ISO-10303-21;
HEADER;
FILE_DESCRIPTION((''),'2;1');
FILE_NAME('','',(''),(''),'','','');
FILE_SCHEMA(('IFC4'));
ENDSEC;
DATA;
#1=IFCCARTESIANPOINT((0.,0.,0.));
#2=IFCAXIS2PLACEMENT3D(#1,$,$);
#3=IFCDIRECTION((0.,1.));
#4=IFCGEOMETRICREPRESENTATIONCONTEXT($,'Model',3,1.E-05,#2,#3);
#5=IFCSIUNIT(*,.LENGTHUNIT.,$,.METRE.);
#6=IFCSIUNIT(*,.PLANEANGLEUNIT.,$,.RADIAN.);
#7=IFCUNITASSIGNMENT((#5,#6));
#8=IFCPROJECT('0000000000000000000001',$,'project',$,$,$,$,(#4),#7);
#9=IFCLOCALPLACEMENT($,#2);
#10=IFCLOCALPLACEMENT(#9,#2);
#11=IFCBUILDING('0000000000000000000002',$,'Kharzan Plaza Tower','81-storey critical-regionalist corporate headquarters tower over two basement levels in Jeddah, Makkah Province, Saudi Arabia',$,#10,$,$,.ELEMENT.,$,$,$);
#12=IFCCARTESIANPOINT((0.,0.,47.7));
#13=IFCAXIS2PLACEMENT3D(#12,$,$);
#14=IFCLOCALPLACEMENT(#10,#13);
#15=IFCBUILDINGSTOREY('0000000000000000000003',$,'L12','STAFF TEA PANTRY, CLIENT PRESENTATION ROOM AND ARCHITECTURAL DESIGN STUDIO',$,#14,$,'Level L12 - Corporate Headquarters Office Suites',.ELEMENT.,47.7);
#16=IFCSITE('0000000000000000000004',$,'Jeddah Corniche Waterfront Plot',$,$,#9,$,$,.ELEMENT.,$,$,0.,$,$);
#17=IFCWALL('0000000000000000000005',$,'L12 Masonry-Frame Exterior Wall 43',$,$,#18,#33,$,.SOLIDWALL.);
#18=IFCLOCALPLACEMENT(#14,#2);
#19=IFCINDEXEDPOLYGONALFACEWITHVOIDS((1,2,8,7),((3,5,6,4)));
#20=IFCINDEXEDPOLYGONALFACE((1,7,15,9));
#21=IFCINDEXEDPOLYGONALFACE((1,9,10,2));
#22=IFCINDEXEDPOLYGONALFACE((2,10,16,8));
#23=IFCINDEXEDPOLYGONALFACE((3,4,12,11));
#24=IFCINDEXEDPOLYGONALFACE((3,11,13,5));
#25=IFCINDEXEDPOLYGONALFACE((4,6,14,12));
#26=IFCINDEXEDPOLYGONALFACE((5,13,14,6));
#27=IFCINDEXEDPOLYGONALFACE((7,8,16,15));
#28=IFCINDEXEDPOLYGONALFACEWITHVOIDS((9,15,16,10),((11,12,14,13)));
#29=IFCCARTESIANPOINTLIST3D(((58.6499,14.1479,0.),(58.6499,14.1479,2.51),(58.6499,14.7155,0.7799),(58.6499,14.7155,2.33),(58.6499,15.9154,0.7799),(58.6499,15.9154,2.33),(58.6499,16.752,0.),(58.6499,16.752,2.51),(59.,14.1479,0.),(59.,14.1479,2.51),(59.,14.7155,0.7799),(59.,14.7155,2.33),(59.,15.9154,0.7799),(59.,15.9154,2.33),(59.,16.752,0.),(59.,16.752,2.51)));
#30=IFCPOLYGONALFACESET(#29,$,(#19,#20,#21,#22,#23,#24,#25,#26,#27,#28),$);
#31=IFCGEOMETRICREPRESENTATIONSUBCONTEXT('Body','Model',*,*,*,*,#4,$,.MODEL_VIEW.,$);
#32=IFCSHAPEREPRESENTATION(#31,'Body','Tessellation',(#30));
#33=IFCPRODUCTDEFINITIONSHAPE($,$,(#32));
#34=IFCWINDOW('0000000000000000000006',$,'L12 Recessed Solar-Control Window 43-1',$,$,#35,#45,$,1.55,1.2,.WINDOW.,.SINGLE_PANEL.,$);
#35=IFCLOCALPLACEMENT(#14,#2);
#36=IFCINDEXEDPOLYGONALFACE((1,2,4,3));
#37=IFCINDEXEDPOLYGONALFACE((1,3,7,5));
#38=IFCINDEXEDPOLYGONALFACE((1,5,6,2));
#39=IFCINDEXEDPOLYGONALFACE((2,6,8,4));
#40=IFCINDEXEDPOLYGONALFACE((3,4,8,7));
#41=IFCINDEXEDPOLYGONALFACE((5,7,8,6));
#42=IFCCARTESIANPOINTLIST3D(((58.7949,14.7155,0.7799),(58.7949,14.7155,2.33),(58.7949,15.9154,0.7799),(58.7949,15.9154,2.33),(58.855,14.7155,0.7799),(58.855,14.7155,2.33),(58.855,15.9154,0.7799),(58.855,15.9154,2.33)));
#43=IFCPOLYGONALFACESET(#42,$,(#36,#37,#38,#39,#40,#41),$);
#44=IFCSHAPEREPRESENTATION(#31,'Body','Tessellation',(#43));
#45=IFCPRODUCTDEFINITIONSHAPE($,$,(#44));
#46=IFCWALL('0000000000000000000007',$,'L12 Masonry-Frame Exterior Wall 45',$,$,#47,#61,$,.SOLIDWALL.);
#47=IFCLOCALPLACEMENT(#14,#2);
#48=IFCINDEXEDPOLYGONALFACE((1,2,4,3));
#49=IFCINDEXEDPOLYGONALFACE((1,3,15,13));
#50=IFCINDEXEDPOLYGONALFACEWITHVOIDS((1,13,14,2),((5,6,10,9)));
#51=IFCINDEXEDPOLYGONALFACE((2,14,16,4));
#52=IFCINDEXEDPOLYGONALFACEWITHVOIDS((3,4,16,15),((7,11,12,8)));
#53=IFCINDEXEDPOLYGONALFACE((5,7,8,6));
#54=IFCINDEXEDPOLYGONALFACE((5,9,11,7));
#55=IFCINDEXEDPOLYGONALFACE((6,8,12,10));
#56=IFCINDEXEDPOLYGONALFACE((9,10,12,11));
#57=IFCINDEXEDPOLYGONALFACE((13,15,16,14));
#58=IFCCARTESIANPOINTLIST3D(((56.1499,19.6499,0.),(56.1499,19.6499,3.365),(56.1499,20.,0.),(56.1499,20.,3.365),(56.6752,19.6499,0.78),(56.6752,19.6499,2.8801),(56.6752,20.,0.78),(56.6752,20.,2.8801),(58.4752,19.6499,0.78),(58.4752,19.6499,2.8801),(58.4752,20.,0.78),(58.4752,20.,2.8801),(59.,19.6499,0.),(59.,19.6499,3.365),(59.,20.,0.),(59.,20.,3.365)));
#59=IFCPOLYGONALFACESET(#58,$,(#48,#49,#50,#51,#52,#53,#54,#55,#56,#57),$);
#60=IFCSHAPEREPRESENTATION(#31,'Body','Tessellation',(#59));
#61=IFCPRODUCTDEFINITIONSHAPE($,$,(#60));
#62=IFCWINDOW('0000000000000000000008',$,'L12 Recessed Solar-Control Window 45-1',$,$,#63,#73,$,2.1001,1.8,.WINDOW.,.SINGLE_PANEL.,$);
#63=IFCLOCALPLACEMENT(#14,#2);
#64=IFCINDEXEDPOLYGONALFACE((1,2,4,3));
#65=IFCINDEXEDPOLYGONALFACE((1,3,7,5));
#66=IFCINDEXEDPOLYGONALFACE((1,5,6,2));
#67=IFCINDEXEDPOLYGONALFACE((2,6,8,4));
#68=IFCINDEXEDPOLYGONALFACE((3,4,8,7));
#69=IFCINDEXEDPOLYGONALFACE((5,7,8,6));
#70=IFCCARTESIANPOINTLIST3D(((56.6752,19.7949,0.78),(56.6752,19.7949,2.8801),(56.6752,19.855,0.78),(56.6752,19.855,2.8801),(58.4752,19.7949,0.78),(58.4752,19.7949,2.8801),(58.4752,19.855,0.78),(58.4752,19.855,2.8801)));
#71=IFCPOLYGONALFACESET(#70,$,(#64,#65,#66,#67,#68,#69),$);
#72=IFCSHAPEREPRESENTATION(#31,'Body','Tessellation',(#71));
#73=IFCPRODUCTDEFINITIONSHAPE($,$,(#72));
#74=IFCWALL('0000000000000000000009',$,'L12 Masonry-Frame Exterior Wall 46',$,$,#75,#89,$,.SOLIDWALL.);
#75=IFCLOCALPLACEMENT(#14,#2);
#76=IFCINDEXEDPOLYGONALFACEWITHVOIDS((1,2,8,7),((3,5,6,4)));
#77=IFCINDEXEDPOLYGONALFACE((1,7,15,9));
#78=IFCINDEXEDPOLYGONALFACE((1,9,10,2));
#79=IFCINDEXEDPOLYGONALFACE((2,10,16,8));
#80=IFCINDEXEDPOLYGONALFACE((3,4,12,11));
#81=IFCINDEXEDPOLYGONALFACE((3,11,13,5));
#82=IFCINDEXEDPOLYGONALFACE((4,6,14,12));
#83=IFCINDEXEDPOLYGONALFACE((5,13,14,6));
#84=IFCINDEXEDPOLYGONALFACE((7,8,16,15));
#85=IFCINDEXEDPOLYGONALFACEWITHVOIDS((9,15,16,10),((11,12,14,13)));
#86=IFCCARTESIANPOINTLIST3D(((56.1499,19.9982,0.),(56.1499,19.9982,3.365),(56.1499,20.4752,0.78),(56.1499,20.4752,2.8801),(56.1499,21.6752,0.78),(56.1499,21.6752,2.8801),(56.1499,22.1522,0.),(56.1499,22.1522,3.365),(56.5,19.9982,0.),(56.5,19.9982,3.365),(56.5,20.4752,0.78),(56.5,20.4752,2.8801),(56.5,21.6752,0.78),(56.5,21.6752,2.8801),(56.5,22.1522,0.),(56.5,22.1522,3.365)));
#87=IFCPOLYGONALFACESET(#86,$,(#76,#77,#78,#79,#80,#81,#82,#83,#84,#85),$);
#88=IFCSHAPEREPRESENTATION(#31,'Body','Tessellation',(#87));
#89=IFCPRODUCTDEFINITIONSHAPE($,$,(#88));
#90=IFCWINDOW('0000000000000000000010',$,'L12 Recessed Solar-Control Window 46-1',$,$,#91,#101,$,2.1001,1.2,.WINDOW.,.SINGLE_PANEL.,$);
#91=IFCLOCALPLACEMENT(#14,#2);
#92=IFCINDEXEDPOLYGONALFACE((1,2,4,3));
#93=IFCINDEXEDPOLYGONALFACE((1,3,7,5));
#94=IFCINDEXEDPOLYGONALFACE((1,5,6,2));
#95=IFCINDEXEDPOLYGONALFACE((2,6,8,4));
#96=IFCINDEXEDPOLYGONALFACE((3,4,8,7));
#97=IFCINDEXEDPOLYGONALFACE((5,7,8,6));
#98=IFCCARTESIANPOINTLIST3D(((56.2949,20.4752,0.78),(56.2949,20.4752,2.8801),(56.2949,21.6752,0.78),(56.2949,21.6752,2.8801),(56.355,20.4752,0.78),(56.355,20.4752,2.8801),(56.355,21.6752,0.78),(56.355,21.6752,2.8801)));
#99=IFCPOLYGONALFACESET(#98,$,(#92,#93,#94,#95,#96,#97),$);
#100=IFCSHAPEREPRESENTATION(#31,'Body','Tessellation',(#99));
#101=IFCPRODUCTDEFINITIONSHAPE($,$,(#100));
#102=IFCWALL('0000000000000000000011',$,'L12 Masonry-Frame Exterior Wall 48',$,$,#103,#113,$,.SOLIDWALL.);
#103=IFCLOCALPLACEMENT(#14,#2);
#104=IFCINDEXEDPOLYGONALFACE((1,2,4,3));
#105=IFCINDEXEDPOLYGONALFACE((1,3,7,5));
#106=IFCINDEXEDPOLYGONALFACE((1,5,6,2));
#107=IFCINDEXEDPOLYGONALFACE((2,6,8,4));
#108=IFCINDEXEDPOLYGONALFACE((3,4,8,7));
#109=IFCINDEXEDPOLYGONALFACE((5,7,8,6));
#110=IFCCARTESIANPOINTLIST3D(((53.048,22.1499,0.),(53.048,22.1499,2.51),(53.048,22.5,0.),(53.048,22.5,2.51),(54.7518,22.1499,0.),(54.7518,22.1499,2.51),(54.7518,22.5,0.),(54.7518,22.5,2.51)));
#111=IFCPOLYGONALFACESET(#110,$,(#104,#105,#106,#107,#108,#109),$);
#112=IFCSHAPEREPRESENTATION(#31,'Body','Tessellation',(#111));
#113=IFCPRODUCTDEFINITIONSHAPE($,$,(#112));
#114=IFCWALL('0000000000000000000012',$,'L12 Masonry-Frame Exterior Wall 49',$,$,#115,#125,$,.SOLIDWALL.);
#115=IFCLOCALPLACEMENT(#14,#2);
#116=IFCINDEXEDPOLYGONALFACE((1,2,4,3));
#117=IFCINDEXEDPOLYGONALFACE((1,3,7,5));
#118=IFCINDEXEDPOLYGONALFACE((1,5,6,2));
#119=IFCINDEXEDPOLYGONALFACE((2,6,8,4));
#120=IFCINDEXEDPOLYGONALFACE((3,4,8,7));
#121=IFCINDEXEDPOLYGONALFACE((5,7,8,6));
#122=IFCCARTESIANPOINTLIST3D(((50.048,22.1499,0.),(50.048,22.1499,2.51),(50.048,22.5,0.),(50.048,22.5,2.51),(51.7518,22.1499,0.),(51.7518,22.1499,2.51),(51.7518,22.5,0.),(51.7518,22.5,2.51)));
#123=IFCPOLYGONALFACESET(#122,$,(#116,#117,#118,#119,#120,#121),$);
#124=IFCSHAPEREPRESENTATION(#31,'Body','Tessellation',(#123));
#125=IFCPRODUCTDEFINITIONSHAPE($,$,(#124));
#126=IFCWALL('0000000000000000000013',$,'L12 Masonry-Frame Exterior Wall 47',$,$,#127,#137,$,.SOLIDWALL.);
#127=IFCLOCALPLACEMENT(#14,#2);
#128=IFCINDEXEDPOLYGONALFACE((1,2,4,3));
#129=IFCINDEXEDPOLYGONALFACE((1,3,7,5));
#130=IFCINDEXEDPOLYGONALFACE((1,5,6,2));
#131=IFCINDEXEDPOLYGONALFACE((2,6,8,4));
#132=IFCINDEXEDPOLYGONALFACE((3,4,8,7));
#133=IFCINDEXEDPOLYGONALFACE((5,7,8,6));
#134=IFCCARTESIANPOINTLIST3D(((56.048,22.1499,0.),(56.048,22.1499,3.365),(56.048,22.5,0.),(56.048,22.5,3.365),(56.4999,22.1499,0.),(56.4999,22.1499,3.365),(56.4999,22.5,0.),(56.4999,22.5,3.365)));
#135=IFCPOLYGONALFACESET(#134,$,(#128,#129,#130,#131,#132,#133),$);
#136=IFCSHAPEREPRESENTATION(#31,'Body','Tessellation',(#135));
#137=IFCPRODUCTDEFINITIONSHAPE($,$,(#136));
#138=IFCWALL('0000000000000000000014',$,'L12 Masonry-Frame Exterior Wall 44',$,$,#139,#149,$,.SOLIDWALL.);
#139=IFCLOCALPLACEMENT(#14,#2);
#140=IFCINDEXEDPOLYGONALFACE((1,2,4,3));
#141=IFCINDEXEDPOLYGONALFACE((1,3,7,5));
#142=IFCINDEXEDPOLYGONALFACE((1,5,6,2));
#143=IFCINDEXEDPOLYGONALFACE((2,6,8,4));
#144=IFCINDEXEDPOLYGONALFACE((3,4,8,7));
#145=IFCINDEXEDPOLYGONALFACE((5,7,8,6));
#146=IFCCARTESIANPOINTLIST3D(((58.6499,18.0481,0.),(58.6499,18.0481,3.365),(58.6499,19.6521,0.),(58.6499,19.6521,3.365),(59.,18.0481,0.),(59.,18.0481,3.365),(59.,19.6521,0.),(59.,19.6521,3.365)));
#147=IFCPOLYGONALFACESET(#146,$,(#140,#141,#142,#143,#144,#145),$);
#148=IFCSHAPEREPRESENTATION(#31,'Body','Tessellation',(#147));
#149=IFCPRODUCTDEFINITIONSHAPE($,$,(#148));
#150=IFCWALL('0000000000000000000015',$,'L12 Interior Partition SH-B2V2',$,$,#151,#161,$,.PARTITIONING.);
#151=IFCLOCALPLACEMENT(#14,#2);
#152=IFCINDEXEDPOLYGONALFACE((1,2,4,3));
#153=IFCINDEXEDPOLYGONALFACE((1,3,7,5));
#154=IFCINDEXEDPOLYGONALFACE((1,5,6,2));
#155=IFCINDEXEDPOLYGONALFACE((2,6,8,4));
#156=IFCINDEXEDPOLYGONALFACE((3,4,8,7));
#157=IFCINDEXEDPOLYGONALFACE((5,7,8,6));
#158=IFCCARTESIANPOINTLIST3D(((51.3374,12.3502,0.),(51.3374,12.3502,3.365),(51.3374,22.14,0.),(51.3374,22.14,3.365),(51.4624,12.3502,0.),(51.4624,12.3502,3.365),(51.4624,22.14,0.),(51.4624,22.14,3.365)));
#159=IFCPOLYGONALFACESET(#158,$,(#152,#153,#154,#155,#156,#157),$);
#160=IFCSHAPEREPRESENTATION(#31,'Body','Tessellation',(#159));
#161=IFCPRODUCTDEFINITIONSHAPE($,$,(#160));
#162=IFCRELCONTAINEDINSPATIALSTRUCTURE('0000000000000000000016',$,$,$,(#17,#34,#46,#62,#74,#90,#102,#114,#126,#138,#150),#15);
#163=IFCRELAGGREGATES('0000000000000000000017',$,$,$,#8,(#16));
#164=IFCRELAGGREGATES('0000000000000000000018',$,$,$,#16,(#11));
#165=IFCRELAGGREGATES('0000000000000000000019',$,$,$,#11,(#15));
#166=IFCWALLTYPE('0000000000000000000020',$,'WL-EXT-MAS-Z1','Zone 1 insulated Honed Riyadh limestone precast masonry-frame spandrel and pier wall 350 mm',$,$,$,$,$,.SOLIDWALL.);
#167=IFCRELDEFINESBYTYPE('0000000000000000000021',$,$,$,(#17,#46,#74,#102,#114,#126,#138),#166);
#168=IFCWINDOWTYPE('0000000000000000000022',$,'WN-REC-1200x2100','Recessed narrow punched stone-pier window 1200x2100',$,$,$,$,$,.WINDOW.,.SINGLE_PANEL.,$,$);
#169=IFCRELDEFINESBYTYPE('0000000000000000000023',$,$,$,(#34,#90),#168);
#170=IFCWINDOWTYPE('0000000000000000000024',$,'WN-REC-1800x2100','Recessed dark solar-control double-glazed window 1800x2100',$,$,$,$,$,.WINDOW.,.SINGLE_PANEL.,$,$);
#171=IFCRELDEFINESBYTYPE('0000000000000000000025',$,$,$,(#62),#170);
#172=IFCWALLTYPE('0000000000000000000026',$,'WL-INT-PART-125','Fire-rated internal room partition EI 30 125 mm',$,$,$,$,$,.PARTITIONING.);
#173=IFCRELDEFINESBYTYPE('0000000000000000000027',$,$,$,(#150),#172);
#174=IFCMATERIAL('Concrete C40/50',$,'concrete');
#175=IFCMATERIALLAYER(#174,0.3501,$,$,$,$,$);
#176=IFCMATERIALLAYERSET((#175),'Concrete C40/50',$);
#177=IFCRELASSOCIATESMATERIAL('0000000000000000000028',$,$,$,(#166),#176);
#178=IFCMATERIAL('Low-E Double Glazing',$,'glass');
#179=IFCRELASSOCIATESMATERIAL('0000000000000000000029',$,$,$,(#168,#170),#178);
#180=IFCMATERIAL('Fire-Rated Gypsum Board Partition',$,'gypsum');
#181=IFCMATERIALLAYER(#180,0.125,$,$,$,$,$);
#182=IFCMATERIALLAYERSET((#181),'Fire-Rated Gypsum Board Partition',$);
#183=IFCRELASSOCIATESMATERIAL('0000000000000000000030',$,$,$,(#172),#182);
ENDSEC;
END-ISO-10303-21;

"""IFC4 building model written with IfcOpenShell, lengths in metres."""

from ifc_helpers import new_model, si_unit, direction, frame, frame_2d, origin, place, context, subcontext, project, spatial, rectangle, extrude, source, transform, mapped, material, layer, layer_set, type_object, element, fill, save


model = new_model("IFC4")

# Units and contexts
model_context = context("Model", 3, precision=1e-05, world=origin(), true_north=direction((0.0, 1.0)))
body_context = subcontext(model_context, "Body", "Model", "MODEL_VIEW")
ifc_project = project(units=[si_unit("LENGTHUNIT", "METRE"), si_unit("PLANEANGLEUNIT", "RADIAN")], contexts=[model_context])

# Site, building, storey
site_placement = place(None, origin())
site = spatial("IfcSite", under=ifc_project, at=site_placement, Name="Jeddah Corniche Waterfront Plot", CompositionType="ELEMENT", RefElevation=0.0)
building_placement = place(site_placement, origin())
building = spatial("IfcBuilding", under=site, at=building_placement, Name="Kharzan Plaza Tower", Description="81-storey critical-regionalist corporate headquarters tower over two basement levels in Jeddah, Makkah Province, Saudi Arabia", CompositionType="ELEMENT")
storey_placement = place(building_placement, frame((0.0, 0.0, 47.7)))
storey = spatial("IfcBuildingStorey", under=building, at=storey_placement, Name="L12", Description="STAFF TEA PANTRY, CLIENT PRESENTATION ROOM AND ARCHITECTURAL DESIGN STUDIO", LongName="Level L12 - Corporate Headquarters Office Suites", CompositionType="ELEMENT", Elevation=47.7)

# Walls, openings, windows
ifc_material_1 = material(Name="Concrete C40/50", Category="concrete")
ifc_layer_1 = layer(ifc_material_1, 0.3501)
ifc_layer_set_1 = layer_set([ifc_layer_1], Name="Concrete C40/50")
wall_type_1 = type_object("IfcWallType", Name="WL-EXT-MAS-Z1", Description="Zone 1 insulated Honed Riyadh limestone precast masonry-frame spandrel and pier wall 350 mm", PredefinedType="SOLIDWALL", material=ifc_layer_set_1)
wall_1_placement = place(storey_placement, frame((58.825, 14.1479, 0.0), z_axis=(0.0, 0.0, 1.0), x_axis=(0.0, 1.0, 0.0)))
wall_1 = element("IfcWall", 1, at=wall_1_placement, inside=storey, type_object=wall_type_1, Name="L12 Masonry-Frame Exterior Wall 43", PredefinedType="SOLIDWALL", context=body_context, shape_type="SweptSolid", body=[
    extrude(rectangle(XDim=2.604, YDim=0.3501, at=frame_2d((1.302, 0.0))), origin(), (0.0, 0.0, 1.0), 2.51),
])
opening_1_placement = place(wall_1_placement, frame((0.5674, 0.0, 0.78)))
opening_1 = element("IfcOpeningElement", 2, at=opening_1_placement, cuts=wall_1, PredefinedType="OPENING", context=body_context, shape_type="SweptSolid", body=[
    extrude(rectangle(XDim=1.2, YDim=1.55, at=frame_2d((0.6001, 0.7749))), frame((0.0, 0.1851, 0.0), z_axis=(0.0, -1.0, 0.0), x_axis=(1.0, 0.0, 0.0)), (0.0, 0.0, 1.0), 0.3701),
])
ifc_material_2 = material(Name="Low-E Double Glazing", Category="glass")
window_type_1 = type_object("IfcWindowType", Name="WN-REC-1200x2100", Description="Recessed narrow punched stone-pier window 1200x2100", PartitioningType="SINGLE_PANEL", PredefinedType="WINDOW", material=ifc_material_2)
shared_shape_1 = source(origin(), body_context, "Body", "SweptSolid", [
    extrude(rectangle(XDim=1.2, YDim=1.55, at=frame_2d((0.6001, 0.7749))), frame((0.0, 0.03, 0.0), z_axis=(0.0, -1.0, 0.0), x_axis=(1.0, 0.0, 0.0)), (0.0, 0.0, 1.0), 0.0601),
])
window_1_placement = place(opening_1_placement, origin())
window_1 = element("IfcWindow", 3, at=window_1_placement, inside=storey, type_object=window_type_1, Name="L12 Recessed Solar-Control Window 43-1", OverallHeight=1.55, OverallWidth=1.2, PartitioningType="SINGLE_PANEL", PredefinedType="WINDOW", context=body_context, shape_type="MappedRepresentation", body=[
    mapped(shared_shape_1, transform((0.0, 0.0, 0.0), x_axis=(1.0, 0.0, 0.0), y_axis=(0.0, 1.0, 0.0), z_axis=(0.0, 0.0, 1.0))),
])
fill(opening_1, window_1)
wall_2_placement = place(storey_placement, frame((59.0, 19.825, 0.0), z_axis=(0.0, 0.0, 1.0), x_axis=(-1.0, 0.0, 0.0)))
wall_2 = element("IfcWall", 4, at=wall_2_placement, inside=storey, type_object=wall_type_1, Name="L12 Masonry-Frame Exterior Wall 45", PredefinedType="SOLIDWALL", context=body_context, shape_type="SweptSolid", body=[
    extrude(rectangle(XDim=2.8501, YDim=0.3501, at=frame_2d((1.425, 0.0))), origin(), (0.0, 0.0, 1.0), 3.365),
])
opening_2_placement = place(wall_2_placement, frame((0.5249, 0.0, 0.78)))
opening_2 = element("IfcOpeningElement", 5, at=opening_2_placement, cuts=wall_2, PredefinedType="OPENING", context=body_context, shape_type="SweptSolid", body=[
    extrude(rectangle(XDim=1.8, YDim=2.1001, at=frame_2d((0.8999, 1.05))), frame((0.0, 0.1851, 0.0), z_axis=(0.0, -1.0, 0.0), x_axis=(1.0, 0.0, 0.0)), (0.0, 0.0, 1.0), 0.3701),
])
window_type_2 = type_object("IfcWindowType", Name="WN-REC-1800x2100", Description="Recessed dark solar-control double-glazed window 1800x2100", PartitioningType="SINGLE_PANEL", PredefinedType="WINDOW", material=ifc_material_2)
shared_shape_2 = source(origin(), body_context, "Body", "SweptSolid", [
    extrude(rectangle(XDim=1.8, YDim=2.1001, at=frame_2d((0.8999, 1.05))), frame((0.0, 0.03, 0.0), z_axis=(0.0, -1.0, 0.0), x_axis=(1.0, 0.0, 0.0)), (0.0, 0.0, 1.0), 0.0601),
])
window_2_placement = place(opening_2_placement, origin())
window_2 = element("IfcWindow", 6, at=window_2_placement, inside=storey, type_object=window_type_2, Name="L12 Recessed Solar-Control Window 45-1", OverallHeight=2.1001, OverallWidth=1.8, PartitioningType="SINGLE_PANEL", PredefinedType="WINDOW", context=body_context, shape_type="MappedRepresentation", body=[
    mapped(shared_shape_2, transform((0.0, 0.0, 0.0), x_axis=(1.0, 0.0, 0.0), y_axis=(0.0, 1.0, 0.0), z_axis=(0.0, 0.0, 1.0))),
])
fill(opening_2, window_2)
wall_3_placement = place(storey_placement, frame((56.325, 19.998, 0.0), z_axis=(0.0, 0.0, 1.0), x_axis=(0.0, 1.0, 0.0)))
wall_3 = element("IfcWall", 7, at=wall_3_placement, inside=storey, type_object=wall_type_1, Name="L12 Masonry-Frame Exterior Wall 46", PredefinedType="SOLIDWALL", context=body_context, shape_type="SweptSolid", body=[
    extrude(rectangle(XDim=2.1541, YDim=0.3501, at=frame_2d((1.0771, 0.0))), origin(), (0.0, 0.0, 1.0), 3.365),
])
opening_3_placement = place(wall_3_placement, frame((0.4771, 0.0, 0.78)))
opening_3 = element("IfcOpeningElement", 8, at=opening_3_placement, cuts=wall_3, PredefinedType="OPENING", context=body_context, shape_type="SweptSolid", body=[
    extrude(rectangle(XDim=1.2, YDim=2.1001, at=frame_2d((0.6001, 1.05))), frame((0.0, 0.1851, 0.0), z_axis=(0.0, -1.0, 0.0), x_axis=(1.0, 0.0, 0.0)), (0.0, 0.0, 1.0), 0.3701),
])
shared_shape_3 = source(origin(), body_context, "Body", "SweptSolid", [
    extrude(rectangle(XDim=1.2, YDim=2.1001, at=frame_2d((0.6001, 1.05))), frame((0.0, 0.03, 0.0), z_axis=(0.0, -1.0, 0.0), x_axis=(1.0, 0.0, 0.0)), (0.0, 0.0, 1.0), 0.0601),
])
window_3_placement = place(opening_3_placement, origin())
window_3 = element("IfcWindow", 9, at=window_3_placement, inside=storey, type_object=window_type_1, Name="L12 Recessed Solar-Control Window 46-1", OverallHeight=2.1001, OverallWidth=1.2, PartitioningType="SINGLE_PANEL", PredefinedType="WINDOW", context=body_context, shape_type="MappedRepresentation", body=[
    mapped(shared_shape_3, transform((0.0, 0.0, 0.0), x_axis=(1.0, 0.0, 0.0), y_axis=(0.0, 1.0, 0.0), z_axis=(0.0, 0.0, 1.0))),
])
fill(opening_3, window_3)

# Walls
shared_shape_4 = source(origin(), body_context, "Body", "SweptSolid", [
    extrude(rectangle(XDim=1.7039, YDim=0.3501, at=frame_2d((0.8521, 0.0))), origin(), (0.0, 0.0, 1.0), 2.51),
])
for number, where, z_axis, x_axis, name in (
    (10, (54.752, 22.325, 0.0), (0.0, 0.0, 1.0), (-1.0, 0.0, 0.0), "L12 Masonry-Frame Exterior Wall 48"),
    (11, (51.752, 22.325, 0.0), (0.0, 0.0, 1.0), (-1.0, 0.0, 0.0), "L12 Masonry-Frame Exterior Wall 49"),
):
    element("IfcWall", number, at=place(storey_placement, frame(where, z_axis=z_axis, x_axis=x_axis)), inside=storey, type_object=wall_type_1, Name=name, PredefinedType="SOLIDWALL", context=body_context, shape_type="MappedRepresentation", body=[
        mapped(shared_shape_4, transform((0.0, 0.0, 0.0), x_axis=(1.0, 0.0, 0.0), y_axis=(0.0, 1.0, 0.0), z_axis=(0.0, 0.0, 1.0))),
    ])
shared_shape_5 = source(origin(), body_context, "Body", "SweptSolid", [
    extrude(rectangle(XDim=0.4519, YDim=0.3501, at=frame_2d((0.2261, 0.0))), origin(), (0.0, 0.0, 1.0), 3.365),
])
wall_4_placement = place(storey_placement, frame((56.5, 22.325, 0.0), z_axis=(0.0, 0.0, 1.0), x_axis=(-1.0, 0.0, 0.0)))
element("IfcWall", 12, at=wall_4_placement, inside=storey, type_object=wall_type_1, Name="L12 Masonry-Frame Exterior Wall 47", PredefinedType="SOLIDWALL", context=body_context, shape_type="MappedRepresentation", body=[
    mapped(shared_shape_5, transform((0.0, 0.0, 0.0), x_axis=(1.0, 0.0, 0.0), y_axis=(0.0, 1.0, 0.0), z_axis=(0.0, 0.0, 1.0))),
])
shared_shape_6 = source(origin(), body_context, "Body", "SweptSolid", [
    extrude(rectangle(XDim=1.604, YDim=0.3501, at=frame_2d((0.802, 0.0))), origin(), (0.0, 0.0, 1.0), 3.365),
])
wall_5_placement = place(storey_placement, frame((58.825, 18.0481, 0.0), z_axis=(0.0, 0.0, 1.0), x_axis=(0.0, 1.0, 0.0)))
element("IfcWall", 13, at=wall_5_placement, inside=storey, type_object=wall_type_1, Name="L12 Masonry-Frame Exterior Wall 44", PredefinedType="SOLIDWALL", context=body_context, shape_type="MappedRepresentation", body=[
    mapped(shared_shape_6, transform((0.0, 0.0, 0.0), x_axis=(1.0, 0.0, 0.0), y_axis=(0.0, 1.0, 0.0), z_axis=(0.0, 0.0, 1.0))),
])
ifc_material_3 = material(Name="Fire-Rated Gypsum Board Partition", Category="gypsum")
ifc_layer_2 = layer(ifc_material_3, 0.125)
ifc_layer_set_2 = layer_set([ifc_layer_2], Name="Fire-Rated Gypsum Board Partition")
wall_type_2 = type_object("IfcWallType", Name="WL-INT-PART-125", Description="Fire-rated internal room partition EI 30 125 mm", PredefinedType="PARTITIONING", material=ifc_layer_set_2)
shared_shape_7 = source(origin(), body_context, "Body", "SweptSolid", [
    extrude(rectangle(XDim=9.7898, YDim=0.125, at=frame_2d((4.895, 0.0))), origin(), (0.0, 0.0, 1.0), 3.365),
])
wall_6_placement = place(storey_placement, frame((51.3999, 12.3501, 0.0), z_axis=(0.0, 0.0, 1.0), x_axis=(0.0, 1.0, 0.0)))
element("IfcWall", 14, at=wall_6_placement, inside=storey, type_object=wall_type_2, Name="L12 Interior Partition SH-B2V2", PredefinedType="PARTITIONING", context=body_context, shape_type="MappedRepresentation", body=[
    mapped(shared_shape_7, transform((0.0, 0.0, 0.0), x_axis=(1.0, 0.0, 0.0), y_axis=(0.0, 1.0, 0.0), z_axis=(0.0, 0.0, 1.0))),
])

save(model, "model.ifc")
